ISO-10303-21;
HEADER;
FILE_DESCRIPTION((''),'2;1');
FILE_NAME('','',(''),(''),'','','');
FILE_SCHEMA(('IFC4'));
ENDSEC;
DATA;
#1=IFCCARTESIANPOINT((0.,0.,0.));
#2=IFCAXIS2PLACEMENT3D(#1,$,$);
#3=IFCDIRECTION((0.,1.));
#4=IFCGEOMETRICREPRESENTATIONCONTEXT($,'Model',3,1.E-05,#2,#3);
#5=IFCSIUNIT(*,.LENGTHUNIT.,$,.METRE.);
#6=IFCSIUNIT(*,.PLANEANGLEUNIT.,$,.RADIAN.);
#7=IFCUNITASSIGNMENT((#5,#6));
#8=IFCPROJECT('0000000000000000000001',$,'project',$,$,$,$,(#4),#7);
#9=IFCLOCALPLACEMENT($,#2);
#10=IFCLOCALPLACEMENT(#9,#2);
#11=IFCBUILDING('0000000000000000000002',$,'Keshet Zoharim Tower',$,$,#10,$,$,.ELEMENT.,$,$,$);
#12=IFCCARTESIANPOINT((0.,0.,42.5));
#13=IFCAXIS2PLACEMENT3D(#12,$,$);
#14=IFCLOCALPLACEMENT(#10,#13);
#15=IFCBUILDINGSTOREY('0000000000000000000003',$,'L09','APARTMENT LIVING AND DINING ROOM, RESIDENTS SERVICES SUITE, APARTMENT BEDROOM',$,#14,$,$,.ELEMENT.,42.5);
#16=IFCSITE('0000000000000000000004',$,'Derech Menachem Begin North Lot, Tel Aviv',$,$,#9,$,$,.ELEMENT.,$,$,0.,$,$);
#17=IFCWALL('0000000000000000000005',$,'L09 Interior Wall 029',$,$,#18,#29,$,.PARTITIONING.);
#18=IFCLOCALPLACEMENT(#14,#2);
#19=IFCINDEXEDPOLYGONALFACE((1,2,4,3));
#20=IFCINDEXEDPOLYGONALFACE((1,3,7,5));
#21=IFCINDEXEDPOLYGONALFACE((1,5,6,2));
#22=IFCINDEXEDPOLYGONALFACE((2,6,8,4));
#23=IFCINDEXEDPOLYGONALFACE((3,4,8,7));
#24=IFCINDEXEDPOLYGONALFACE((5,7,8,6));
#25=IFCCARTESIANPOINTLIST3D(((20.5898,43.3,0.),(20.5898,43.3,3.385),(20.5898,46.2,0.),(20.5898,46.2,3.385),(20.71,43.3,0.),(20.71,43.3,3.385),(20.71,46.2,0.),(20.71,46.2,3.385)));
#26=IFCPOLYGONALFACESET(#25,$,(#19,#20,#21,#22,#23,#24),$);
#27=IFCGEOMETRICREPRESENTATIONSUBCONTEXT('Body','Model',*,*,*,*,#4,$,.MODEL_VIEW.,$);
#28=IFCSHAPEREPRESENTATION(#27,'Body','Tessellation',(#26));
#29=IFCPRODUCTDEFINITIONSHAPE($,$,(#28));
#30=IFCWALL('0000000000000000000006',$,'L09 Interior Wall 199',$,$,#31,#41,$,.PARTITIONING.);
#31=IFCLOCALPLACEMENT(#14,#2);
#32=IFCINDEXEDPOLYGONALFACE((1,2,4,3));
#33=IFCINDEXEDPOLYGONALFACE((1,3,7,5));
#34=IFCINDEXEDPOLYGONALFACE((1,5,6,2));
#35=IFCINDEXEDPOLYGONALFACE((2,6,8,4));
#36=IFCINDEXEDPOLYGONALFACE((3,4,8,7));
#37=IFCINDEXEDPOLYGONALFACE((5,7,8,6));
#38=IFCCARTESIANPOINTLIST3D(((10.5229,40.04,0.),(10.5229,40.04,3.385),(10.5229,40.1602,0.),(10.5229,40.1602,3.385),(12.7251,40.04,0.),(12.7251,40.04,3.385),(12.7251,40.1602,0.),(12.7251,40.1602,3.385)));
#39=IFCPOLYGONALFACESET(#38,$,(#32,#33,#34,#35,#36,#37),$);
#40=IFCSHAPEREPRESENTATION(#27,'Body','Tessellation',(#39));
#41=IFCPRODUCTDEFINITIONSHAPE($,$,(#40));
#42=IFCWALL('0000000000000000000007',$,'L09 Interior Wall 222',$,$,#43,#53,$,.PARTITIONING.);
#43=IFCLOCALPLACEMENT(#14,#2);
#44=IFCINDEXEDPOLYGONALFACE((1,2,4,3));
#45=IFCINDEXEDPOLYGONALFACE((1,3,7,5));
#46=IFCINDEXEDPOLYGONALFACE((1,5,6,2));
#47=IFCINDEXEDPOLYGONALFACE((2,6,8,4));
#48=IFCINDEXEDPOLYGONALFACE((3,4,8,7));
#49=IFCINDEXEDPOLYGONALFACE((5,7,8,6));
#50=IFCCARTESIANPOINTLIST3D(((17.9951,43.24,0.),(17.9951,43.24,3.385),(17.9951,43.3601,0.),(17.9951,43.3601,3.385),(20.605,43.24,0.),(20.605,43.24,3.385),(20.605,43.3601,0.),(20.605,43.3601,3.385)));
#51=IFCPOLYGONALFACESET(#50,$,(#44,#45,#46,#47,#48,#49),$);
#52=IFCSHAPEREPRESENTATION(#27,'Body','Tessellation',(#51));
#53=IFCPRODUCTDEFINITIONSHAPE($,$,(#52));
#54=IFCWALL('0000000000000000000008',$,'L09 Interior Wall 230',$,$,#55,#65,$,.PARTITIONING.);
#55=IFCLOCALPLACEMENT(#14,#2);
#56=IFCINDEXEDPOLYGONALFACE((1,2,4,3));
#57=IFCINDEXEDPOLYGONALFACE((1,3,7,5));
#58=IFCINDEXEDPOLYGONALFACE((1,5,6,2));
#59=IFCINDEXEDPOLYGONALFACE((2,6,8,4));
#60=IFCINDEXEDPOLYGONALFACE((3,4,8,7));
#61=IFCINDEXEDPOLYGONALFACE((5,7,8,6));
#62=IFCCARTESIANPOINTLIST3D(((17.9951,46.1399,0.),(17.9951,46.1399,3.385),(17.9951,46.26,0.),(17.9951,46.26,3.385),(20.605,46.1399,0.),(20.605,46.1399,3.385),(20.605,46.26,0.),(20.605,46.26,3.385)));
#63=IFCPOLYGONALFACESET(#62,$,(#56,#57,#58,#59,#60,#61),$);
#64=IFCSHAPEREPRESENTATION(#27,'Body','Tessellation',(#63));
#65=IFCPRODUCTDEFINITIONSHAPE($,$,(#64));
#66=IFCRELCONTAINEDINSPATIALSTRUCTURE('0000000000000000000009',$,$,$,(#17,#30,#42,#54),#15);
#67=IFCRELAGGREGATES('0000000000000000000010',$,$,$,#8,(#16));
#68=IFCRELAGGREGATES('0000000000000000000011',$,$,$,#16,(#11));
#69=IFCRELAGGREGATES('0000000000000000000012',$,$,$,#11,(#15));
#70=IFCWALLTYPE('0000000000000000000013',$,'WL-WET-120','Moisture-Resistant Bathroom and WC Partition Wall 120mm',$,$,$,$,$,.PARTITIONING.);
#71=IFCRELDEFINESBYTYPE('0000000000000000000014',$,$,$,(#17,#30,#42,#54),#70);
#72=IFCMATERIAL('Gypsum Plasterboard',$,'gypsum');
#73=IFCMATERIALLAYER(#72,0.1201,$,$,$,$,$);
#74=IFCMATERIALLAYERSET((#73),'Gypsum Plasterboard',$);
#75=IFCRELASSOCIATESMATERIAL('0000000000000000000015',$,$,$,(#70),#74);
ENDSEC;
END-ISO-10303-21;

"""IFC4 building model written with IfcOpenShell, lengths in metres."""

from ifc_helpers import new_model, si_unit, direction, frame, frame_2d, origin, place, context, subcontext, project, spatial, rectangle, extrude, material, layer, layer_set, type_object, element, save


model = new_model("IFC4")

# Units and contexts
model_context = context("Model", 3, precision=1e-05, world=origin(), true_north=direction((0.0, 1.0)))
body_context = subcontext(model_context, "Body", "Model", "MODEL_VIEW")
ifc_project = project(units=[si_unit("LENGTHUNIT", "METRE"), si_unit("PLANEANGLEUNIT", "RADIAN")], contexts=[model_context])

# Site, building, storey
site_placement = place(None, origin())
site = spatial("IfcSite", under=ifc_project, at=site_placement, Name="Derech Menachem Begin North Lot, Tel Aviv", CompositionType="ELEMENT", RefElevation=0.0)
building_placement = place(site_placement, origin())
building = spatial("IfcBuilding", under=site, at=building_placement, Name="Keshet Zoharim Tower", CompositionType="ELEMENT")
storey_placement = place(building_placement, frame((0.0, 0.0, 42.5)))
storey = spatial("IfcBuildingStorey", under=building, at=storey_placement, Name="L09", Description="APARTMENT LIVING AND DINING ROOM, RESIDENTS SERVICES SUITE, APARTMENT BEDROOM", CompositionType="ELEMENT", Elevation=42.5)

# Shared definitions
ifc_material_1 = material(Name="Gypsum Plasterboard", Category="gypsum")

# Shared definitions
ifc_layer_1 = layer(ifc_material_1, 0.1201)
ifc_layer_set_1 = layer_set([ifc_layer_1], Name="Gypsum Plasterboard")
wall_type_1 = type_object("IfcWallType", Name="WL-WET-120", Description="Moisture-Resistant Bathroom and WC Partition Wall 120mm", PredefinedType="PARTITIONING", material=ifc_layer_set_1)

# Walls
wall_1_placement = place(storey_placement, frame((20.6499, 43.3, 0.0), z_axis=(0.0, 0.0, 1.0), x_axis=(0.0, 1.0, 0.0)))
element("IfcWall", 1, at=wall_1_placement, inside=storey, type_object=wall_type_1, Name="L09 Interior Wall 029", PredefinedType="PARTITIONING", context=body_context, shape_type="SweptSolid", body=[
    extrude(rectangle(XDim=2.8999, YDim=0.1201, at=frame_2d((1.45, 0.0))), origin(), (0.0, 0.0, 1.0), 3.385),
])
wall_2_placement = place(storey_placement, frame((10.5229, 40.1001, 0.0), z_axis=(0.0, 0.0, 1.0), x_axis=(1.0, 0.0, 0.0)))
element("IfcWall", 2, at=wall_2_placement, inside=storey, type_object=wall_type_1, Name="L09 Interior Wall 199", PredefinedType="PARTITIONING", context=body_context, shape_type="SweptSolid", body=[
    extrude(rectangle(XDim=2.2021, YDim=0.1201, at=frame_2d((1.1011, 0.0))), origin(), (0.0, 0.0, 1.0), 3.385),
])
for number, where, z_axis, x_axis, name in (
    (3, (17.9951, 43.3, 0.0), (0.0, 0.0, 1.0), (1.0, 0.0, 0.0), "L09 Interior Wall 222"),
    (4, (17.9951, 46.2, 0.0), (0.0, 0.0, 1.0), (1.0, 0.0, 0.0), "L09 Interior Wall 230"),
):
    element("IfcWall", number, at=place(storey_placement, frame(where, z_axis=z_axis, x_axis=x_axis)), inside=storey, type_object=wall_type_1, Name=name, PredefinedType="PARTITIONING", context=body_context, shape_type="SweptSolid", body=[
        extrude(rectangle(XDim=2.6099, YDim=0.1201, at=frame_2d((1.3049, 0.0))), origin(), (0.0, 0.0, 1.0), 3.385),
    ])

save(model, "model.ifc")
